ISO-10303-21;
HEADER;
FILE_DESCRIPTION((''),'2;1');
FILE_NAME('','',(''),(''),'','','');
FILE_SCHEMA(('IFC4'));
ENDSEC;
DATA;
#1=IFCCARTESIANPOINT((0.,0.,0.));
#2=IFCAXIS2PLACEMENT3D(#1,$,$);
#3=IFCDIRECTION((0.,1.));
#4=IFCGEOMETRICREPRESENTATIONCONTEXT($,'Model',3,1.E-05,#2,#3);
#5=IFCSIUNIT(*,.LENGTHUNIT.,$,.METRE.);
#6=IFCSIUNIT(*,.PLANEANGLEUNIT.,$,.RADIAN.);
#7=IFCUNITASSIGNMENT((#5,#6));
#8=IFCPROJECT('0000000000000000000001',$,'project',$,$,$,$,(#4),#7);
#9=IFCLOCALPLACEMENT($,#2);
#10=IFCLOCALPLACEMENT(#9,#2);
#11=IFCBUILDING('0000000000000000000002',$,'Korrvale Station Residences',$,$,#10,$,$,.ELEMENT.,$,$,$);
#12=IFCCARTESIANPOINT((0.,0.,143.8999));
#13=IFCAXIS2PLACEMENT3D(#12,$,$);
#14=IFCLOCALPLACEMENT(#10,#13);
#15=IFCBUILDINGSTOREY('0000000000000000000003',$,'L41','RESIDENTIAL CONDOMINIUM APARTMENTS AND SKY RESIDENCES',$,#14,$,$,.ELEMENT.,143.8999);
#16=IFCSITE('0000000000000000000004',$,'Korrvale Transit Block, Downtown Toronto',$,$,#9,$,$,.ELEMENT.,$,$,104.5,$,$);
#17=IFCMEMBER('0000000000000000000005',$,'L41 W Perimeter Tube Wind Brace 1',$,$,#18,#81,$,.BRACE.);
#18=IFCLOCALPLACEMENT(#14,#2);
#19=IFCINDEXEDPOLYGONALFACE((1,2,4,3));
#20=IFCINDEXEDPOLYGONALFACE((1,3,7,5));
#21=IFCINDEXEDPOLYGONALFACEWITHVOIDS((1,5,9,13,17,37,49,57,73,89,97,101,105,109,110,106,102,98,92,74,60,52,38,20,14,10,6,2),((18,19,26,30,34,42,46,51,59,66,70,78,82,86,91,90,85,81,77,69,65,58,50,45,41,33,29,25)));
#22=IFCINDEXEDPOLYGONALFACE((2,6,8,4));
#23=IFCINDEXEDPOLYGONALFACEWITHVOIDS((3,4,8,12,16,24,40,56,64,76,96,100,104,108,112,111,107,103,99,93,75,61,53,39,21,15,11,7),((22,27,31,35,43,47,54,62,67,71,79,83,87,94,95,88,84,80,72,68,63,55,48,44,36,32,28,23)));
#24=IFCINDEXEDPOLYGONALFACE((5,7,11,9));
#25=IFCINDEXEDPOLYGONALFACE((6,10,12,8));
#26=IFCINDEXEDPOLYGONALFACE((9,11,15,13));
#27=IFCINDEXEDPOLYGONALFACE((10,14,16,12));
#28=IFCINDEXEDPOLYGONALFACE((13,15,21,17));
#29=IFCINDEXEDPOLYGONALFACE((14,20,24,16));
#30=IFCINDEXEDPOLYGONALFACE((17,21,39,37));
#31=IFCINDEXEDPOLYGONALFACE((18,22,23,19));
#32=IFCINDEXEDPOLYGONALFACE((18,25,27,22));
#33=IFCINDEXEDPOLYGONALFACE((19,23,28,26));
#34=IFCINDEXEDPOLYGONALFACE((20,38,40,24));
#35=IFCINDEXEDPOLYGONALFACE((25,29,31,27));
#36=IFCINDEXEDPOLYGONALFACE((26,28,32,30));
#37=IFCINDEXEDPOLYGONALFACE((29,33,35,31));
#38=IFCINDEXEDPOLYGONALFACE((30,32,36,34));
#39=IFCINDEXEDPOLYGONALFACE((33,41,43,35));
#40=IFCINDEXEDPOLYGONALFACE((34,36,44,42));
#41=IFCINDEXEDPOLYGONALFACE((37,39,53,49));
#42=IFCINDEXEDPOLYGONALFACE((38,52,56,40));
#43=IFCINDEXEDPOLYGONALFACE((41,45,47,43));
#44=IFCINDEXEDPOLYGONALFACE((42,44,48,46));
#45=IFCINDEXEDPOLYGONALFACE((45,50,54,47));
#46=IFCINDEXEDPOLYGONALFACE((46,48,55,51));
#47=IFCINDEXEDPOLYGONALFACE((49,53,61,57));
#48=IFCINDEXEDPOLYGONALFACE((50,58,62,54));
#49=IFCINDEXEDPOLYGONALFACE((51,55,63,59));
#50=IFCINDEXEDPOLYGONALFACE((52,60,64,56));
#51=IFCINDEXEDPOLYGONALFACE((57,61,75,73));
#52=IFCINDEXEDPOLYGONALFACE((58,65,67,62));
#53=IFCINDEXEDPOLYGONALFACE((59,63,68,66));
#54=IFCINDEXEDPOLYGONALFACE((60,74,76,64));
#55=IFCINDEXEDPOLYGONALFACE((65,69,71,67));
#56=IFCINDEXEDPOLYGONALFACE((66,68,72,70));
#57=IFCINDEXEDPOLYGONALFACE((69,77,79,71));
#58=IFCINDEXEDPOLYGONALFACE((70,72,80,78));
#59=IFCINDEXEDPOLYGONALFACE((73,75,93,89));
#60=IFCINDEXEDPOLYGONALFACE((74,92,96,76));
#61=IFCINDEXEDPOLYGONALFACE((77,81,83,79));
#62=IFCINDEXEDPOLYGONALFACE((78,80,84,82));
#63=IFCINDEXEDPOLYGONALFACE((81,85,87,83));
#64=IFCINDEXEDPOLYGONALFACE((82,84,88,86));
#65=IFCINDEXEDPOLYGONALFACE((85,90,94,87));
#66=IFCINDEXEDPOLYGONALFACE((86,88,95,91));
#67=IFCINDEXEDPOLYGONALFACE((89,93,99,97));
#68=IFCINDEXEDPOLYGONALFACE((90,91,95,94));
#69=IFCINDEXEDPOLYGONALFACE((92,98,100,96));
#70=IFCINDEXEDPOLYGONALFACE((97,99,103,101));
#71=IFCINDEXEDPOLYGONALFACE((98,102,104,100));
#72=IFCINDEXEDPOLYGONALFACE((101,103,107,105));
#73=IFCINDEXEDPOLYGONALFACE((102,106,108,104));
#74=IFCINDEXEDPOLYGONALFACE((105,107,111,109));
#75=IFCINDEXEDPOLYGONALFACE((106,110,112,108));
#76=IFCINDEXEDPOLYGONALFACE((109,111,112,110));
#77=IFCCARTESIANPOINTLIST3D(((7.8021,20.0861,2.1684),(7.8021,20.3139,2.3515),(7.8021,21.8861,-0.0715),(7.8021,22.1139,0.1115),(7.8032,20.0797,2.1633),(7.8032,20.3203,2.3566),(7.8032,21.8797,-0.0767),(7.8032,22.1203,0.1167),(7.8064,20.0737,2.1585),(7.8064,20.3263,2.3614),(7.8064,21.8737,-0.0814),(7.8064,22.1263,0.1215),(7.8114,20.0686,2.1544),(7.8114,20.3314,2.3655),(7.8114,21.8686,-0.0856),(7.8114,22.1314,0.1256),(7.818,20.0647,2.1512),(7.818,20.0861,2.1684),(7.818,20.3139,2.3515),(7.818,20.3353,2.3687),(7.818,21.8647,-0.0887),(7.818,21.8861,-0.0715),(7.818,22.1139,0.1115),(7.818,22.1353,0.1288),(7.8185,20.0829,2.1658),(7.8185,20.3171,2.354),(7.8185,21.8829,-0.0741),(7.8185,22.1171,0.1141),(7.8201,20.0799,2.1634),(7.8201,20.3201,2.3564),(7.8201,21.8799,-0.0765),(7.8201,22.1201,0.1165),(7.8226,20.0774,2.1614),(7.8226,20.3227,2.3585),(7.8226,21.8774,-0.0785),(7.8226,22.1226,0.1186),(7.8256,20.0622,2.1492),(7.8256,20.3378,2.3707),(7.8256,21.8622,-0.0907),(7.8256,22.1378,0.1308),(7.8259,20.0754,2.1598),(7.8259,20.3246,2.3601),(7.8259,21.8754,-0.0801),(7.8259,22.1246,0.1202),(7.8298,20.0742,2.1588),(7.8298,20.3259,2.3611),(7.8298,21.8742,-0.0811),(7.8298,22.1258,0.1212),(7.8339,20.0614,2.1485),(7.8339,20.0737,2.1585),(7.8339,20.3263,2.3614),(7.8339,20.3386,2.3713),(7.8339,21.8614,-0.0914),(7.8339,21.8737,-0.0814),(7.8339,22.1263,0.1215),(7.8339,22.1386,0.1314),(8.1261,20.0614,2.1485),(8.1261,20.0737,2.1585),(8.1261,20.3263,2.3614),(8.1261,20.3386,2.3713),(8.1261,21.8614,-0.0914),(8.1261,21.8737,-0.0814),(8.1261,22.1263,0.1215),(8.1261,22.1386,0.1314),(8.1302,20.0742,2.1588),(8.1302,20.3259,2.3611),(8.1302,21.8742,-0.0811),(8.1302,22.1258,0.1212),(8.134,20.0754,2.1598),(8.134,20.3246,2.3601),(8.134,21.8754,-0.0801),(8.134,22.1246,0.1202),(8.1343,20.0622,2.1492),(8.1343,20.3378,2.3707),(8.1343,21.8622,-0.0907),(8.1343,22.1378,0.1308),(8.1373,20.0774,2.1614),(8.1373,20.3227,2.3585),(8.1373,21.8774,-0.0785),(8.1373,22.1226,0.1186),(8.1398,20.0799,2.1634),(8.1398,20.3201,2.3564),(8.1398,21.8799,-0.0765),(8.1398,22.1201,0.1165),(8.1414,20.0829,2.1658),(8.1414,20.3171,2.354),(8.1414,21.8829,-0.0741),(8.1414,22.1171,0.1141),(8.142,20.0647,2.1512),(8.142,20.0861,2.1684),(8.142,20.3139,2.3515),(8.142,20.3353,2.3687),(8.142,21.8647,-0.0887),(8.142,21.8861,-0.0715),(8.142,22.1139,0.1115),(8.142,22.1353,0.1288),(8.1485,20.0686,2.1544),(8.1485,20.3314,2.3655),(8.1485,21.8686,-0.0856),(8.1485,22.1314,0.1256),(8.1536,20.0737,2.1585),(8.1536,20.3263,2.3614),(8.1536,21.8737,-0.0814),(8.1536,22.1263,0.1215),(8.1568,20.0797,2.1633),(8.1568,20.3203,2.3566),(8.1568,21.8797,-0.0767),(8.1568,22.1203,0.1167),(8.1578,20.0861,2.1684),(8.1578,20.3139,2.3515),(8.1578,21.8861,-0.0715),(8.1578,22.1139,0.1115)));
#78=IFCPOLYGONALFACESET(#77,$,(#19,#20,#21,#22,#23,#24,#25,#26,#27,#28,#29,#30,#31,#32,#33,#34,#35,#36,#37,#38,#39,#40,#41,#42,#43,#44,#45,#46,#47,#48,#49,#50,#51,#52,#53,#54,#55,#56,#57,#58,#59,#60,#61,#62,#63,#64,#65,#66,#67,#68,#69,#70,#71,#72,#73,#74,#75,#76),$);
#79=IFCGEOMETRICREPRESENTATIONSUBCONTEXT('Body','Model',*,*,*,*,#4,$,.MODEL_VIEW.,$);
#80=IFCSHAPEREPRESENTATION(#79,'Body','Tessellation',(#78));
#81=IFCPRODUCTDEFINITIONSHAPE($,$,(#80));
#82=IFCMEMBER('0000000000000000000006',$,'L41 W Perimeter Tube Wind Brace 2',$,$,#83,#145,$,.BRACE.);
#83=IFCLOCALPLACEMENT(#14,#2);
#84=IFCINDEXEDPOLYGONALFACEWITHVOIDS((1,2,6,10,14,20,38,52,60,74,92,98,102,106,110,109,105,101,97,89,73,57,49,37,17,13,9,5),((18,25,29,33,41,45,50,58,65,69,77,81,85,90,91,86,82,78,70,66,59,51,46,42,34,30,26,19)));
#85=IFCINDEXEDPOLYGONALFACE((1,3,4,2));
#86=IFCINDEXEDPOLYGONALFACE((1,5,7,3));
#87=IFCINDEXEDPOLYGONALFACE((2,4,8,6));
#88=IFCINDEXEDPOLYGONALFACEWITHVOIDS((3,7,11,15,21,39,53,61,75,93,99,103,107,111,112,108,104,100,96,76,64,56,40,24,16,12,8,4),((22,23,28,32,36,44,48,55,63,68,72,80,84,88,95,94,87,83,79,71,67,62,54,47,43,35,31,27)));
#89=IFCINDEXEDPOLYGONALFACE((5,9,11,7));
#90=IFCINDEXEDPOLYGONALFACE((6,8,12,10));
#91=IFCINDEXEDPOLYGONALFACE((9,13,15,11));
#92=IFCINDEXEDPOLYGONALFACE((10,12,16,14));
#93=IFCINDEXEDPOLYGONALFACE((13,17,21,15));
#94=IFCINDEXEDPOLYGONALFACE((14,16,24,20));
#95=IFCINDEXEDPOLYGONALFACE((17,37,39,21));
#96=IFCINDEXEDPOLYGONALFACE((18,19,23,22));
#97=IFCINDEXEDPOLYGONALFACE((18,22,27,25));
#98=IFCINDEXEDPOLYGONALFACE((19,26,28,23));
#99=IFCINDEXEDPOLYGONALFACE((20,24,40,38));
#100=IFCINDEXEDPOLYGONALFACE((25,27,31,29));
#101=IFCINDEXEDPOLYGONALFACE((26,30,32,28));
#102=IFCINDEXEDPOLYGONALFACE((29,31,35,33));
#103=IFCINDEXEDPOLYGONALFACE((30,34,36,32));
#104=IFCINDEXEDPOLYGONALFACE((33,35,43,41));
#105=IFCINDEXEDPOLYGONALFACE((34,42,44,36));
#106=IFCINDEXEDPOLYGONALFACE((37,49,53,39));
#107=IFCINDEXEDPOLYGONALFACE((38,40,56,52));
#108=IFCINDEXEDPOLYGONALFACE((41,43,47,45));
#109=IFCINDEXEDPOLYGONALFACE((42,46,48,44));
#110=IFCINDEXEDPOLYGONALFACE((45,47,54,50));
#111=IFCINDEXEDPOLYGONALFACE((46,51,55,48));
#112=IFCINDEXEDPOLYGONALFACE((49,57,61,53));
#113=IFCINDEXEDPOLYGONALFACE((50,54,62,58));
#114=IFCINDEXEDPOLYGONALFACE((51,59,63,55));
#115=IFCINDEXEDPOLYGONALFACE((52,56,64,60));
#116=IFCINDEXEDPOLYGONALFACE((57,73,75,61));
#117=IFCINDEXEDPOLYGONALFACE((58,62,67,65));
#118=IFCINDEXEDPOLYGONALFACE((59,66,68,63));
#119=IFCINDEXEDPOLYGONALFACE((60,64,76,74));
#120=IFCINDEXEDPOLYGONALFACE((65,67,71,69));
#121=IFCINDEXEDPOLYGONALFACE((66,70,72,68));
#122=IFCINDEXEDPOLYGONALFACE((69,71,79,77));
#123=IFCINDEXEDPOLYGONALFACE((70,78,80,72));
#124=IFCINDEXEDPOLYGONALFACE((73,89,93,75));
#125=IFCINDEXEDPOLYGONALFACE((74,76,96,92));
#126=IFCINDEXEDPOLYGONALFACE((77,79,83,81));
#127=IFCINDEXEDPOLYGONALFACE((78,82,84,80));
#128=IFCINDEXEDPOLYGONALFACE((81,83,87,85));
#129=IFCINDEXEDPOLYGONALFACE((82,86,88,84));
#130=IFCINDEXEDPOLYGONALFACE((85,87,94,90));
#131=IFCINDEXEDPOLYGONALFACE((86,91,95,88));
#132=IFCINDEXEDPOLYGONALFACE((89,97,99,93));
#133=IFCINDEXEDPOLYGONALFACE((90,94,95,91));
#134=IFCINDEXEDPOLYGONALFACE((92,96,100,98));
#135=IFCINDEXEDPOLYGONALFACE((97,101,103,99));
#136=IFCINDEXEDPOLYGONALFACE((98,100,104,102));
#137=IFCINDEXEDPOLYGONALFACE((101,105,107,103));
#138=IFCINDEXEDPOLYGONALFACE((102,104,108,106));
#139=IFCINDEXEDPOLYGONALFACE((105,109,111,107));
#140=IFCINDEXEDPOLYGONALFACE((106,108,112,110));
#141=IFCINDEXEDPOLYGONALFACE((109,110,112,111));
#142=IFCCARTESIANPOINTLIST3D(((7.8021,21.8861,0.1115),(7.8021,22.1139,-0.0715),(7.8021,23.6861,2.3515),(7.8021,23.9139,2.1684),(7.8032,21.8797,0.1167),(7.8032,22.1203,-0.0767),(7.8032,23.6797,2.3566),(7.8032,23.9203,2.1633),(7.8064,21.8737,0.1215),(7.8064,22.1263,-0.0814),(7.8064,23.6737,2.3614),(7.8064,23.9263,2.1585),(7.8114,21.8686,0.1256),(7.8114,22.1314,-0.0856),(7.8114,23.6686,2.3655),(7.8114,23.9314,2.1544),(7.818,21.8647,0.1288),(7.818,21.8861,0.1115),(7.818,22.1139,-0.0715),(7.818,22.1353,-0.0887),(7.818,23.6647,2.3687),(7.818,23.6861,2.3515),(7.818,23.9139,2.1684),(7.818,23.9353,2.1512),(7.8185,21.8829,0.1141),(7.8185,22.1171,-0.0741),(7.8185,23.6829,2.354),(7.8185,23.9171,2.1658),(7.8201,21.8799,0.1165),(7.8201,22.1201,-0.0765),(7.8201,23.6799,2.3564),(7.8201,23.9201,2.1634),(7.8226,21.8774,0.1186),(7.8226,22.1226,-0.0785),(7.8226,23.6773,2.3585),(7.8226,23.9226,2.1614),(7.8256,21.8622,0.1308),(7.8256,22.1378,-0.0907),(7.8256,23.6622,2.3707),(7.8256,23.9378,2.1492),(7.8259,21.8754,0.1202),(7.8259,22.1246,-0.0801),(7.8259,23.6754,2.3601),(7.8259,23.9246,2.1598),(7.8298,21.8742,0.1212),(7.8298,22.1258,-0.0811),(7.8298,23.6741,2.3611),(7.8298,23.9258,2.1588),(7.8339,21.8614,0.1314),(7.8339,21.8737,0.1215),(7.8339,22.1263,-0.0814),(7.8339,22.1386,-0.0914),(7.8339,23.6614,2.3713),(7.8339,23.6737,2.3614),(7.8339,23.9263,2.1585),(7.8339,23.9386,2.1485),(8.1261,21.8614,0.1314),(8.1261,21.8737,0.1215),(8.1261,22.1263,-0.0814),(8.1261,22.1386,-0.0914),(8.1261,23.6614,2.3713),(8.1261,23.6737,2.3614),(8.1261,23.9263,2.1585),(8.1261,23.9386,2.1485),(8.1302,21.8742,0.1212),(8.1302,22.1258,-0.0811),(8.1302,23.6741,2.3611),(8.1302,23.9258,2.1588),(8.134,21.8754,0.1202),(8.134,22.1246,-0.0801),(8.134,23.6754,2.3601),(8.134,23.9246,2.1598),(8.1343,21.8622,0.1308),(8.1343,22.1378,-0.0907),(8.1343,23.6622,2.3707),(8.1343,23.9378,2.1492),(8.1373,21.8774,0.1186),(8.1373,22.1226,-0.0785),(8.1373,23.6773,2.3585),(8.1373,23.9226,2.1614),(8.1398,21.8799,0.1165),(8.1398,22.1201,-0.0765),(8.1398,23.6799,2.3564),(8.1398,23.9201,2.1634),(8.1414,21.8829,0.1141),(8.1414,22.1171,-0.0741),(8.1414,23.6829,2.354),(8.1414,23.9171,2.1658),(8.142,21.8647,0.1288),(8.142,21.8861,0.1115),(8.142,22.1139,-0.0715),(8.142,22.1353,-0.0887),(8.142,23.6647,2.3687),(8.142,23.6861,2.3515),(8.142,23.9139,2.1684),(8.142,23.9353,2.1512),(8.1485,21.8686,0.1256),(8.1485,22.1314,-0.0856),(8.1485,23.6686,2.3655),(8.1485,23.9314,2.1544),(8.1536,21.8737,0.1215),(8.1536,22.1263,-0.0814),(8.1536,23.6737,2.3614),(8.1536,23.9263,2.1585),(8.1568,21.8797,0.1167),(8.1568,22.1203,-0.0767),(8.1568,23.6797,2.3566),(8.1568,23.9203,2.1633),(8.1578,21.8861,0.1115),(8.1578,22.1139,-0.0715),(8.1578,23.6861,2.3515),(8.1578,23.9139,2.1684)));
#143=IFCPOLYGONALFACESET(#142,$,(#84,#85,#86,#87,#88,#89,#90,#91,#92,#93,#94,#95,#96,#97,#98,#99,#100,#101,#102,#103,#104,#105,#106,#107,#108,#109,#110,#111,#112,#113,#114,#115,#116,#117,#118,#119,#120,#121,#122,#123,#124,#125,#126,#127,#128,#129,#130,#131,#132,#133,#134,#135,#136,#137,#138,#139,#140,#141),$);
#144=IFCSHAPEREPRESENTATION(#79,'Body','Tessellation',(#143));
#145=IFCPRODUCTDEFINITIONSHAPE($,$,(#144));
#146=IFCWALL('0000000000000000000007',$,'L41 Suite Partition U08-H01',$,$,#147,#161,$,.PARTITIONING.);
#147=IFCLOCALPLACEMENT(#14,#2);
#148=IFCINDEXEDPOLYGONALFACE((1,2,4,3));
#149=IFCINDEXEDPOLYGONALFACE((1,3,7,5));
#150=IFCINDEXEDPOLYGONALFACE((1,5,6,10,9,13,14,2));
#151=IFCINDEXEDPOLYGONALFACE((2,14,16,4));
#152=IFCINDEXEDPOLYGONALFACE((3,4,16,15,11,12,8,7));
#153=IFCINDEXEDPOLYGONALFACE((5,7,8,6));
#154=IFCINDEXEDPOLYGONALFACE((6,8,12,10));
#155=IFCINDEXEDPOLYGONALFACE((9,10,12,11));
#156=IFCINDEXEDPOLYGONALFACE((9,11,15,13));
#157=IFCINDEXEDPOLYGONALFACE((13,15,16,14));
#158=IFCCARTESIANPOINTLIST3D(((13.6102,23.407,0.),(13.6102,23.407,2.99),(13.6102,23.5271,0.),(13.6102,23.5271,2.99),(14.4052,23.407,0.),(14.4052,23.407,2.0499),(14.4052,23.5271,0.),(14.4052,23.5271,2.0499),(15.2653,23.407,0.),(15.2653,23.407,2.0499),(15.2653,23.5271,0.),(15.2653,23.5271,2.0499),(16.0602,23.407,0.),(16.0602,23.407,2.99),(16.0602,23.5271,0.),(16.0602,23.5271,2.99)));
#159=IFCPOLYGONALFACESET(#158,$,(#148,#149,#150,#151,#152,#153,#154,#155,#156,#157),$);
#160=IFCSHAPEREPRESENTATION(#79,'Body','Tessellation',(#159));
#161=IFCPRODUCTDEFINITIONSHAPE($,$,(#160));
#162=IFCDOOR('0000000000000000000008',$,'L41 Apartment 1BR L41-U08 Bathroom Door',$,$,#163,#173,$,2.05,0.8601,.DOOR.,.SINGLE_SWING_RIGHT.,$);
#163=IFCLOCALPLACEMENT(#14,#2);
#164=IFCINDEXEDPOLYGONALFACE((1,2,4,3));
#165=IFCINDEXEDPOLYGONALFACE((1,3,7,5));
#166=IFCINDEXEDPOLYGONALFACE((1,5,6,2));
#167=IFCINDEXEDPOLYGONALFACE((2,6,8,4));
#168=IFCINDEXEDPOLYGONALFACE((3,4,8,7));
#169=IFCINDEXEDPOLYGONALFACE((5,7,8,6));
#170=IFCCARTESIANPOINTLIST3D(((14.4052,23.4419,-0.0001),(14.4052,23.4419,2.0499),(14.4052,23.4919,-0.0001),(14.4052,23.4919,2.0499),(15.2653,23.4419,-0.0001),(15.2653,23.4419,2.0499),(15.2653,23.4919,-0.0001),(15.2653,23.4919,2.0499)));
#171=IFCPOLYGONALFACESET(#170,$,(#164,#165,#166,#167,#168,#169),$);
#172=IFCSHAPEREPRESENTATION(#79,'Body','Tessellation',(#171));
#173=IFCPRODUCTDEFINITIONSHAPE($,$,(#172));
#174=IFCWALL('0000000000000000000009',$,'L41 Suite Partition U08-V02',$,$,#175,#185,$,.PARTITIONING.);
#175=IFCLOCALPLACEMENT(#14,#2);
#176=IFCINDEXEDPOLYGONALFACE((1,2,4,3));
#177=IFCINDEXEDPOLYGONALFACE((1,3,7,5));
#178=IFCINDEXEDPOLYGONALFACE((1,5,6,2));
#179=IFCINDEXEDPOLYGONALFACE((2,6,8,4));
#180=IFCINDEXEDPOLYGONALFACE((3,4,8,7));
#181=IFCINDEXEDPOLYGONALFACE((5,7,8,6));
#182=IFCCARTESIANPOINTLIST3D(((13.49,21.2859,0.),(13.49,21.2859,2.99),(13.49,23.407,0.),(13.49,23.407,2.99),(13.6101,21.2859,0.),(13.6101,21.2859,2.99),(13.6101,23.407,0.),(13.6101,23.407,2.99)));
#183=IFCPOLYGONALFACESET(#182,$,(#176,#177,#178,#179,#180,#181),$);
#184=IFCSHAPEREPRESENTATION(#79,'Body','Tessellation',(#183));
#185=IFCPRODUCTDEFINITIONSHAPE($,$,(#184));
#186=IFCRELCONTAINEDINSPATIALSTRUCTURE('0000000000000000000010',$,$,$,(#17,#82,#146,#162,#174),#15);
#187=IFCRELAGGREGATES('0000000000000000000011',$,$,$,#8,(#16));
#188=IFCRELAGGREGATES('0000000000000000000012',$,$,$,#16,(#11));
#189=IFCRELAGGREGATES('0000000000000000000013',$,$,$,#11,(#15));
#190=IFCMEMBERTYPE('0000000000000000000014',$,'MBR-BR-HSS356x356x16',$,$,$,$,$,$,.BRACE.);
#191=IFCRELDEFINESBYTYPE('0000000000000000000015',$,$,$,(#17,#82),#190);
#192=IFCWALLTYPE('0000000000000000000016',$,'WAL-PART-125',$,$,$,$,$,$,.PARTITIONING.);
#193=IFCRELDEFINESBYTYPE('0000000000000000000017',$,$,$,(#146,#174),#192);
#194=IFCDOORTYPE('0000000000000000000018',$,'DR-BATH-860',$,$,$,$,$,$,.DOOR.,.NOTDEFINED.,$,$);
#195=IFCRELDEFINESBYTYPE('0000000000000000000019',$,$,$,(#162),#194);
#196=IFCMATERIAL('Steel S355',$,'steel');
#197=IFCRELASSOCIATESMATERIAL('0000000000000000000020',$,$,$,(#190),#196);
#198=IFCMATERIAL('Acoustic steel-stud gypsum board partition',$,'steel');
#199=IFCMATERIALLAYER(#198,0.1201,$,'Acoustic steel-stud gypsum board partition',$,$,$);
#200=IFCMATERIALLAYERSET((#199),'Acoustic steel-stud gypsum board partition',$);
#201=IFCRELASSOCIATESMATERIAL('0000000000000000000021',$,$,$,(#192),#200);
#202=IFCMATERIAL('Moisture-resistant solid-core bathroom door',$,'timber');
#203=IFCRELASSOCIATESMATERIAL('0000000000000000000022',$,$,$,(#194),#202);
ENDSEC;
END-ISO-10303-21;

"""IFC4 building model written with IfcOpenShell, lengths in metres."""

from ifc_helpers import new_model, si_unit, direction, frame, frame_2d, origin, origin_2d, place, context, subcontext, project, spatial, rectangle, hollow_rectangle, extrude, material, layer, layer_set, material_profile, profile_set, type_object, element, fill, save


model = new_model("IFC4")

# Units and contexts
model_context = context("Model", 3, precision=1e-05, world=origin(), true_north=direction((0.0, 1.0)))
body_context = subcontext(model_context, "Body", "Model", "MODEL_VIEW")
ifc_project = project(units=[si_unit("LENGTHUNIT", "METRE"), si_unit("PLANEANGLEUNIT", "RADIAN")], contexts=[model_context])

# Site, building, storey
site_placement = place(None, origin())
site = spatial("IfcSite", under=ifc_project, at=site_placement, Name="Korrvale Transit Block, Downtown Toronto", CompositionType="ELEMENT", RefElevation=104.5)
building_placement = place(site_placement, origin())
building = spatial("IfcBuilding", under=site, at=building_placement, Name="Korrvale Station Residences", CompositionType="ELEMENT")
storey_placement = place(building_placement, frame((0.0, 0.0, 143.8999)))
storey = spatial("IfcBuildingStorey", under=building, at=storey_placement, Name="L41", Description="RESIDENTIAL CONDOMINIUM APARTMENTS AND SKY RESIDENCES", CompositionType="ELEMENT", Elevation=143.8999)

# Shared definitions
ifc_material_1 = material(Name="Steel S355", Category="steel")

# Members
ifc_material_profile_1 = material_profile(ifc_material_1, hollow_rectangle(XDim=0.3557, YDim=0.3557, WallThickness=0.0159, InnerFilletRadius=0.0159, OuterFilletRadius=0.0317, at=origin_2d()), Name="HSS356x356x16")
ifc_profile_set_1 = profile_set([ifc_material_profile_1], Name="Steel S355")
member_type = type_object("IfcMemberType", Name="MBR-BR-HSS356x356x16", PredefinedType="BRACE", material=ifc_profile_set_1)
for number, where, z_axis, x_axis, name in (
    (1, (7.98, 22.0, 0.02), (0.0, -0.626403, 0.779499), (1.0, 0.0, 0.0), "L41 W Perimeter Tube Wind Brace 1"),
    (2, (7.98, 22.0, 0.02), (0.0, 0.626403, 0.779499), (-1.0, 0.0, 0.0), "L41 W Perimeter Tube Wind Brace 2"),
):
    element("IfcMember", number, at=place(storey_placement, frame(where, z_axis=z_axis, x_axis=x_axis)), inside=storey, type_object=member_type, Name=name, PredefinedType="BRACE", context=body_context, shape_type="SweptSolid", body=[
        extrude(hollow_rectangle(XDim=0.3557, YDim=0.3557, WallThickness=0.0159, InnerFilletRadius=0.0159, OuterFilletRadius=0.0317, at=origin_2d()), origin(), (0.0, 0.0, 1.0), 2.8735),
    ])

# Wall, opening, door
ifc_material_2 = material(Name="Acoustic steel-stud gypsum board partition", Category="steel")
ifc_layer_1 = layer(ifc_material_2, 0.1201, Name="Acoustic steel-stud gypsum board partition")
ifc_layer_set_1 = layer_set([ifc_layer_1], Name="Acoustic steel-stud gypsum board partition")
wall_type_1 = type_object("IfcWallType", Name="WAL-PART-125", PredefinedType="PARTITIONING", material=ifc_layer_set_1)
wall_1_placement = place(storey_placement, frame((13.6101, 23.467, 0.0), z_axis=(0.0, 0.0, 1.0), x_axis=(1.0, 0.0, 0.0)))
wall_1 = element("IfcWall", 3, at=wall_1_placement, inside=storey, type_object=wall_type_1, Name="L41 Suite Partition U08-H01", PredefinedType="PARTITIONING", context=body_context, shape_type="SweptSolid", body=[
    extrude(rectangle(XDim=2.45, YDim=0.1201, at=frame_2d((1.2251, 0.0))), origin(), (0.0, 0.0, 1.0), 2.99),
])
opening_1_placement = place(wall_1_placement, frame((0.7949, 0.0, 0.0)))
opening_1 = element("IfcOpeningElement", 4, at=opening_1_placement, cuts=wall_1, PredefinedType="OPENING", context=body_context, shape_type="SweptSolid", body=[
    extrude(rectangle(XDim=0.8601, YDim=2.05, at=frame_2d((0.4302, 1.0249))), frame((0.0, 0.0701, 0.0), z_axis=(0.0, -1.0, 0.0), x_axis=(1.0, 0.0, 0.0)), (0.0, 0.0, 1.0), 0.1401),
])
ifc_material_3 = material(Name="Moisture-resistant solid-core bathroom door", Category="timber")
door_type_1 = type_object("IfcDoorType", Name="DR-BATH-860", OperationType="NOTDEFINED", PredefinedType="DOOR", material=ifc_material_3)
door_1_placement = place(opening_1_placement, origin())
door_1 = element("IfcDoor", 5, at=door_1_placement, inside=storey, type_object=door_type_1, Name="L41 Apartment 1BR L41-U08 Bathroom Door", OperationType="SINGLE_SWING_RIGHT", OverallHeight=2.05, OverallWidth=0.8601, PredefinedType="DOOR", context=body_context, shape_type="SweptSolid", body=[
    extrude(rectangle(XDim=0.8601, YDim=2.05, at=frame_2d((0.4302, 1.0249))), frame((0.0, 0.0249, 0.0), z_axis=(0.0, -1.0, 0.0), x_axis=(1.0, 0.0, 0.0)), (0.0, 0.0, 1.0), 0.05),
])
fill(opening_1, door_1)

# Wall
wall_2_placement = place(storey_placement, frame((13.55, 21.2859, 0.0), z_axis=(0.0, 0.0, 1.0), x_axis=(0.0, 1.0, 0.0)))
element("IfcWall", 6, at=wall_2_placement, inside=storey, type_object=wall_type_1, Name="L41 Suite Partition U08-V02", PredefinedType="PARTITIONING", context=body_context, shape_type="SweptSolid", body=[
    extrude(rectangle(XDim=2.1211, YDim=0.1201, at=frame_2d((1.0605, 0.0))), origin(), (0.0, 0.0, 1.0), 2.99),
])

save(model, "model.ifc")
